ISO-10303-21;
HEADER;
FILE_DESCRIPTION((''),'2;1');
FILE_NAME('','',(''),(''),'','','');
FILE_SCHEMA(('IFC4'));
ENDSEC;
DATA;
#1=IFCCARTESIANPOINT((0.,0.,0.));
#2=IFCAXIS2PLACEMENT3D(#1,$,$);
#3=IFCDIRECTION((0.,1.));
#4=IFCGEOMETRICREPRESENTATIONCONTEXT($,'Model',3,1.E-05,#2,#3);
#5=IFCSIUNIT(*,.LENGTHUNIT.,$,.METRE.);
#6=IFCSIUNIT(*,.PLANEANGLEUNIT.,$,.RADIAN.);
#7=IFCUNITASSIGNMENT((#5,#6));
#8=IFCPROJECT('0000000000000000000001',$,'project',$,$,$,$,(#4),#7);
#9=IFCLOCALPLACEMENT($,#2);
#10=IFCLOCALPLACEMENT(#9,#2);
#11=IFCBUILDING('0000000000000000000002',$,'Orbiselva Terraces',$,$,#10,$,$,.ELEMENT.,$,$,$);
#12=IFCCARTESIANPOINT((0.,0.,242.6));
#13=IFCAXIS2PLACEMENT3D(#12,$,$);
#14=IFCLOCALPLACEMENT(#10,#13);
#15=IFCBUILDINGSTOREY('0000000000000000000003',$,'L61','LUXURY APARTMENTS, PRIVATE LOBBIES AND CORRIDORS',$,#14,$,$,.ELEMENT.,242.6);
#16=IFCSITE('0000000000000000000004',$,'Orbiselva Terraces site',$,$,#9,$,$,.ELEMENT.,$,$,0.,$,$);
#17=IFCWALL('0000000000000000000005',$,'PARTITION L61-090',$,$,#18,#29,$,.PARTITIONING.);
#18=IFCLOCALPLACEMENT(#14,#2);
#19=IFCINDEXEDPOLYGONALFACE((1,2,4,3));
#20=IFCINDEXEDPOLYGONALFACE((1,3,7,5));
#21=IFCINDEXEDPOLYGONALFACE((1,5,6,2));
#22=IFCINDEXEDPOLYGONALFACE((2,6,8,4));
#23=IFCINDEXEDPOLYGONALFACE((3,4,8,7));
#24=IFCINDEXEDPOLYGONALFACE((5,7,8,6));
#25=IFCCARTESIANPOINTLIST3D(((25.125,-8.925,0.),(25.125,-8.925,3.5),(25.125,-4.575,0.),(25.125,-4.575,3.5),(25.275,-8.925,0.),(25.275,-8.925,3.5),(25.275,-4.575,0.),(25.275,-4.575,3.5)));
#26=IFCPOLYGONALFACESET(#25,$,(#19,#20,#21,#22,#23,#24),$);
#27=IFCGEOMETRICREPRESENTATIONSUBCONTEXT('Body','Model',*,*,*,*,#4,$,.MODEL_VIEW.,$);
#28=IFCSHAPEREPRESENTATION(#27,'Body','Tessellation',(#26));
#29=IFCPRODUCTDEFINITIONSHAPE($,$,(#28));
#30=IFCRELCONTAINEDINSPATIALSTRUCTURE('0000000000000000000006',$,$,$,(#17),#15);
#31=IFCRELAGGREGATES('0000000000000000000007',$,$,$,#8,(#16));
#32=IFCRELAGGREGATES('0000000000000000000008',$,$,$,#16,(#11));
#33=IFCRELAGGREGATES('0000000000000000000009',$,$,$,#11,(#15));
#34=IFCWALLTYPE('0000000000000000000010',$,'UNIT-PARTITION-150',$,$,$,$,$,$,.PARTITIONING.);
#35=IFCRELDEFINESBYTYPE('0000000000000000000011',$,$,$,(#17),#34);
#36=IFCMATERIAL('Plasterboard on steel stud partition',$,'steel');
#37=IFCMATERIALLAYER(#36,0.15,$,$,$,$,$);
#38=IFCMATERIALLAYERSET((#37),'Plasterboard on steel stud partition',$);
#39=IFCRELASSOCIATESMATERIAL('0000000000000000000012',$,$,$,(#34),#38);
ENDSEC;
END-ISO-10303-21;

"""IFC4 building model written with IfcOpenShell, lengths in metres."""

from ifc_helpers import new_model, si_unit, direction, frame, frame_2d, origin, place, context, subcontext, project, spatial, rectangle, extrude, material, layer, layer_set, type_object, element, save


model = new_model("IFC4")

# Units and contexts
model_context = context("Model", 3, precision=1e-05, world=origin(), true_north=direction((0.0, 1.0)))
body_context = subcontext(model_context, "Body", "Model", "MODEL_VIEW")
ifc_project = project(units=[si_unit("LENGTHUNIT", "METRE"), si_unit("PLANEANGLEUNIT", "RADIAN")], contexts=[model_context])

# Site, building, storey
site_placement = place(None, origin())
site = spatial("IfcSite", under=ifc_project, at=site_placement, Name="Orbiselva Terraces site", CompositionType="ELEMENT", RefElevation=0.0)
building_placement = place(site_placement, origin())
building = spatial("IfcBuilding", under=site, at=building_placement, Name="Orbiselva Terraces", CompositionType="ELEMENT")
storey_placement = place(building_placement, frame((0.0, 0.0, 242.6)))
storey = spatial("IfcBuildingStorey", under=building, at=storey_placement, Name="L61", Description="LUXURY APARTMENTS, PRIVATE LOBBIES AND CORRIDORS", CompositionType="ELEMENT", Elevation=242.6)

# Shared definitions
ifc_material_1 = material(Name="Plasterboard on steel stud partition", Category="steel")
ifc_layer_1 = layer(ifc_material_1, 0.15)
ifc_layer_set_1 = layer_set([ifc_layer_1], Name="Plasterboard on steel stud partition")
wall_type_1 = type_object("IfcWallType", Name="UNIT-PARTITION-150", PredefinedType="PARTITIONING", material=ifc_layer_set_1)

# Wall
for number, where, z_axis, x_axis, name in (
    (1, (25.2, -8.925, 0.0), (0.0, 0.0, 1.0), (0.0, 1.0, 0.0), "PARTITION L61-090"),
):
    element("IfcWall", number, at=place(storey_placement, frame(where, z_axis=z_axis, x_axis=x_axis)), inside=storey, type_object=wall_type_1, Name=name, PredefinedType="PARTITIONING", context=body_context, shape_type="SweptSolid", body=[
        extrude(rectangle(XDim=4.35, YDim=0.15, at=frame_2d((2.175, 0.0))), origin(), (0.0, 0.0, 1.0), 3.5),
    ])

save(model, "model.ifc")
